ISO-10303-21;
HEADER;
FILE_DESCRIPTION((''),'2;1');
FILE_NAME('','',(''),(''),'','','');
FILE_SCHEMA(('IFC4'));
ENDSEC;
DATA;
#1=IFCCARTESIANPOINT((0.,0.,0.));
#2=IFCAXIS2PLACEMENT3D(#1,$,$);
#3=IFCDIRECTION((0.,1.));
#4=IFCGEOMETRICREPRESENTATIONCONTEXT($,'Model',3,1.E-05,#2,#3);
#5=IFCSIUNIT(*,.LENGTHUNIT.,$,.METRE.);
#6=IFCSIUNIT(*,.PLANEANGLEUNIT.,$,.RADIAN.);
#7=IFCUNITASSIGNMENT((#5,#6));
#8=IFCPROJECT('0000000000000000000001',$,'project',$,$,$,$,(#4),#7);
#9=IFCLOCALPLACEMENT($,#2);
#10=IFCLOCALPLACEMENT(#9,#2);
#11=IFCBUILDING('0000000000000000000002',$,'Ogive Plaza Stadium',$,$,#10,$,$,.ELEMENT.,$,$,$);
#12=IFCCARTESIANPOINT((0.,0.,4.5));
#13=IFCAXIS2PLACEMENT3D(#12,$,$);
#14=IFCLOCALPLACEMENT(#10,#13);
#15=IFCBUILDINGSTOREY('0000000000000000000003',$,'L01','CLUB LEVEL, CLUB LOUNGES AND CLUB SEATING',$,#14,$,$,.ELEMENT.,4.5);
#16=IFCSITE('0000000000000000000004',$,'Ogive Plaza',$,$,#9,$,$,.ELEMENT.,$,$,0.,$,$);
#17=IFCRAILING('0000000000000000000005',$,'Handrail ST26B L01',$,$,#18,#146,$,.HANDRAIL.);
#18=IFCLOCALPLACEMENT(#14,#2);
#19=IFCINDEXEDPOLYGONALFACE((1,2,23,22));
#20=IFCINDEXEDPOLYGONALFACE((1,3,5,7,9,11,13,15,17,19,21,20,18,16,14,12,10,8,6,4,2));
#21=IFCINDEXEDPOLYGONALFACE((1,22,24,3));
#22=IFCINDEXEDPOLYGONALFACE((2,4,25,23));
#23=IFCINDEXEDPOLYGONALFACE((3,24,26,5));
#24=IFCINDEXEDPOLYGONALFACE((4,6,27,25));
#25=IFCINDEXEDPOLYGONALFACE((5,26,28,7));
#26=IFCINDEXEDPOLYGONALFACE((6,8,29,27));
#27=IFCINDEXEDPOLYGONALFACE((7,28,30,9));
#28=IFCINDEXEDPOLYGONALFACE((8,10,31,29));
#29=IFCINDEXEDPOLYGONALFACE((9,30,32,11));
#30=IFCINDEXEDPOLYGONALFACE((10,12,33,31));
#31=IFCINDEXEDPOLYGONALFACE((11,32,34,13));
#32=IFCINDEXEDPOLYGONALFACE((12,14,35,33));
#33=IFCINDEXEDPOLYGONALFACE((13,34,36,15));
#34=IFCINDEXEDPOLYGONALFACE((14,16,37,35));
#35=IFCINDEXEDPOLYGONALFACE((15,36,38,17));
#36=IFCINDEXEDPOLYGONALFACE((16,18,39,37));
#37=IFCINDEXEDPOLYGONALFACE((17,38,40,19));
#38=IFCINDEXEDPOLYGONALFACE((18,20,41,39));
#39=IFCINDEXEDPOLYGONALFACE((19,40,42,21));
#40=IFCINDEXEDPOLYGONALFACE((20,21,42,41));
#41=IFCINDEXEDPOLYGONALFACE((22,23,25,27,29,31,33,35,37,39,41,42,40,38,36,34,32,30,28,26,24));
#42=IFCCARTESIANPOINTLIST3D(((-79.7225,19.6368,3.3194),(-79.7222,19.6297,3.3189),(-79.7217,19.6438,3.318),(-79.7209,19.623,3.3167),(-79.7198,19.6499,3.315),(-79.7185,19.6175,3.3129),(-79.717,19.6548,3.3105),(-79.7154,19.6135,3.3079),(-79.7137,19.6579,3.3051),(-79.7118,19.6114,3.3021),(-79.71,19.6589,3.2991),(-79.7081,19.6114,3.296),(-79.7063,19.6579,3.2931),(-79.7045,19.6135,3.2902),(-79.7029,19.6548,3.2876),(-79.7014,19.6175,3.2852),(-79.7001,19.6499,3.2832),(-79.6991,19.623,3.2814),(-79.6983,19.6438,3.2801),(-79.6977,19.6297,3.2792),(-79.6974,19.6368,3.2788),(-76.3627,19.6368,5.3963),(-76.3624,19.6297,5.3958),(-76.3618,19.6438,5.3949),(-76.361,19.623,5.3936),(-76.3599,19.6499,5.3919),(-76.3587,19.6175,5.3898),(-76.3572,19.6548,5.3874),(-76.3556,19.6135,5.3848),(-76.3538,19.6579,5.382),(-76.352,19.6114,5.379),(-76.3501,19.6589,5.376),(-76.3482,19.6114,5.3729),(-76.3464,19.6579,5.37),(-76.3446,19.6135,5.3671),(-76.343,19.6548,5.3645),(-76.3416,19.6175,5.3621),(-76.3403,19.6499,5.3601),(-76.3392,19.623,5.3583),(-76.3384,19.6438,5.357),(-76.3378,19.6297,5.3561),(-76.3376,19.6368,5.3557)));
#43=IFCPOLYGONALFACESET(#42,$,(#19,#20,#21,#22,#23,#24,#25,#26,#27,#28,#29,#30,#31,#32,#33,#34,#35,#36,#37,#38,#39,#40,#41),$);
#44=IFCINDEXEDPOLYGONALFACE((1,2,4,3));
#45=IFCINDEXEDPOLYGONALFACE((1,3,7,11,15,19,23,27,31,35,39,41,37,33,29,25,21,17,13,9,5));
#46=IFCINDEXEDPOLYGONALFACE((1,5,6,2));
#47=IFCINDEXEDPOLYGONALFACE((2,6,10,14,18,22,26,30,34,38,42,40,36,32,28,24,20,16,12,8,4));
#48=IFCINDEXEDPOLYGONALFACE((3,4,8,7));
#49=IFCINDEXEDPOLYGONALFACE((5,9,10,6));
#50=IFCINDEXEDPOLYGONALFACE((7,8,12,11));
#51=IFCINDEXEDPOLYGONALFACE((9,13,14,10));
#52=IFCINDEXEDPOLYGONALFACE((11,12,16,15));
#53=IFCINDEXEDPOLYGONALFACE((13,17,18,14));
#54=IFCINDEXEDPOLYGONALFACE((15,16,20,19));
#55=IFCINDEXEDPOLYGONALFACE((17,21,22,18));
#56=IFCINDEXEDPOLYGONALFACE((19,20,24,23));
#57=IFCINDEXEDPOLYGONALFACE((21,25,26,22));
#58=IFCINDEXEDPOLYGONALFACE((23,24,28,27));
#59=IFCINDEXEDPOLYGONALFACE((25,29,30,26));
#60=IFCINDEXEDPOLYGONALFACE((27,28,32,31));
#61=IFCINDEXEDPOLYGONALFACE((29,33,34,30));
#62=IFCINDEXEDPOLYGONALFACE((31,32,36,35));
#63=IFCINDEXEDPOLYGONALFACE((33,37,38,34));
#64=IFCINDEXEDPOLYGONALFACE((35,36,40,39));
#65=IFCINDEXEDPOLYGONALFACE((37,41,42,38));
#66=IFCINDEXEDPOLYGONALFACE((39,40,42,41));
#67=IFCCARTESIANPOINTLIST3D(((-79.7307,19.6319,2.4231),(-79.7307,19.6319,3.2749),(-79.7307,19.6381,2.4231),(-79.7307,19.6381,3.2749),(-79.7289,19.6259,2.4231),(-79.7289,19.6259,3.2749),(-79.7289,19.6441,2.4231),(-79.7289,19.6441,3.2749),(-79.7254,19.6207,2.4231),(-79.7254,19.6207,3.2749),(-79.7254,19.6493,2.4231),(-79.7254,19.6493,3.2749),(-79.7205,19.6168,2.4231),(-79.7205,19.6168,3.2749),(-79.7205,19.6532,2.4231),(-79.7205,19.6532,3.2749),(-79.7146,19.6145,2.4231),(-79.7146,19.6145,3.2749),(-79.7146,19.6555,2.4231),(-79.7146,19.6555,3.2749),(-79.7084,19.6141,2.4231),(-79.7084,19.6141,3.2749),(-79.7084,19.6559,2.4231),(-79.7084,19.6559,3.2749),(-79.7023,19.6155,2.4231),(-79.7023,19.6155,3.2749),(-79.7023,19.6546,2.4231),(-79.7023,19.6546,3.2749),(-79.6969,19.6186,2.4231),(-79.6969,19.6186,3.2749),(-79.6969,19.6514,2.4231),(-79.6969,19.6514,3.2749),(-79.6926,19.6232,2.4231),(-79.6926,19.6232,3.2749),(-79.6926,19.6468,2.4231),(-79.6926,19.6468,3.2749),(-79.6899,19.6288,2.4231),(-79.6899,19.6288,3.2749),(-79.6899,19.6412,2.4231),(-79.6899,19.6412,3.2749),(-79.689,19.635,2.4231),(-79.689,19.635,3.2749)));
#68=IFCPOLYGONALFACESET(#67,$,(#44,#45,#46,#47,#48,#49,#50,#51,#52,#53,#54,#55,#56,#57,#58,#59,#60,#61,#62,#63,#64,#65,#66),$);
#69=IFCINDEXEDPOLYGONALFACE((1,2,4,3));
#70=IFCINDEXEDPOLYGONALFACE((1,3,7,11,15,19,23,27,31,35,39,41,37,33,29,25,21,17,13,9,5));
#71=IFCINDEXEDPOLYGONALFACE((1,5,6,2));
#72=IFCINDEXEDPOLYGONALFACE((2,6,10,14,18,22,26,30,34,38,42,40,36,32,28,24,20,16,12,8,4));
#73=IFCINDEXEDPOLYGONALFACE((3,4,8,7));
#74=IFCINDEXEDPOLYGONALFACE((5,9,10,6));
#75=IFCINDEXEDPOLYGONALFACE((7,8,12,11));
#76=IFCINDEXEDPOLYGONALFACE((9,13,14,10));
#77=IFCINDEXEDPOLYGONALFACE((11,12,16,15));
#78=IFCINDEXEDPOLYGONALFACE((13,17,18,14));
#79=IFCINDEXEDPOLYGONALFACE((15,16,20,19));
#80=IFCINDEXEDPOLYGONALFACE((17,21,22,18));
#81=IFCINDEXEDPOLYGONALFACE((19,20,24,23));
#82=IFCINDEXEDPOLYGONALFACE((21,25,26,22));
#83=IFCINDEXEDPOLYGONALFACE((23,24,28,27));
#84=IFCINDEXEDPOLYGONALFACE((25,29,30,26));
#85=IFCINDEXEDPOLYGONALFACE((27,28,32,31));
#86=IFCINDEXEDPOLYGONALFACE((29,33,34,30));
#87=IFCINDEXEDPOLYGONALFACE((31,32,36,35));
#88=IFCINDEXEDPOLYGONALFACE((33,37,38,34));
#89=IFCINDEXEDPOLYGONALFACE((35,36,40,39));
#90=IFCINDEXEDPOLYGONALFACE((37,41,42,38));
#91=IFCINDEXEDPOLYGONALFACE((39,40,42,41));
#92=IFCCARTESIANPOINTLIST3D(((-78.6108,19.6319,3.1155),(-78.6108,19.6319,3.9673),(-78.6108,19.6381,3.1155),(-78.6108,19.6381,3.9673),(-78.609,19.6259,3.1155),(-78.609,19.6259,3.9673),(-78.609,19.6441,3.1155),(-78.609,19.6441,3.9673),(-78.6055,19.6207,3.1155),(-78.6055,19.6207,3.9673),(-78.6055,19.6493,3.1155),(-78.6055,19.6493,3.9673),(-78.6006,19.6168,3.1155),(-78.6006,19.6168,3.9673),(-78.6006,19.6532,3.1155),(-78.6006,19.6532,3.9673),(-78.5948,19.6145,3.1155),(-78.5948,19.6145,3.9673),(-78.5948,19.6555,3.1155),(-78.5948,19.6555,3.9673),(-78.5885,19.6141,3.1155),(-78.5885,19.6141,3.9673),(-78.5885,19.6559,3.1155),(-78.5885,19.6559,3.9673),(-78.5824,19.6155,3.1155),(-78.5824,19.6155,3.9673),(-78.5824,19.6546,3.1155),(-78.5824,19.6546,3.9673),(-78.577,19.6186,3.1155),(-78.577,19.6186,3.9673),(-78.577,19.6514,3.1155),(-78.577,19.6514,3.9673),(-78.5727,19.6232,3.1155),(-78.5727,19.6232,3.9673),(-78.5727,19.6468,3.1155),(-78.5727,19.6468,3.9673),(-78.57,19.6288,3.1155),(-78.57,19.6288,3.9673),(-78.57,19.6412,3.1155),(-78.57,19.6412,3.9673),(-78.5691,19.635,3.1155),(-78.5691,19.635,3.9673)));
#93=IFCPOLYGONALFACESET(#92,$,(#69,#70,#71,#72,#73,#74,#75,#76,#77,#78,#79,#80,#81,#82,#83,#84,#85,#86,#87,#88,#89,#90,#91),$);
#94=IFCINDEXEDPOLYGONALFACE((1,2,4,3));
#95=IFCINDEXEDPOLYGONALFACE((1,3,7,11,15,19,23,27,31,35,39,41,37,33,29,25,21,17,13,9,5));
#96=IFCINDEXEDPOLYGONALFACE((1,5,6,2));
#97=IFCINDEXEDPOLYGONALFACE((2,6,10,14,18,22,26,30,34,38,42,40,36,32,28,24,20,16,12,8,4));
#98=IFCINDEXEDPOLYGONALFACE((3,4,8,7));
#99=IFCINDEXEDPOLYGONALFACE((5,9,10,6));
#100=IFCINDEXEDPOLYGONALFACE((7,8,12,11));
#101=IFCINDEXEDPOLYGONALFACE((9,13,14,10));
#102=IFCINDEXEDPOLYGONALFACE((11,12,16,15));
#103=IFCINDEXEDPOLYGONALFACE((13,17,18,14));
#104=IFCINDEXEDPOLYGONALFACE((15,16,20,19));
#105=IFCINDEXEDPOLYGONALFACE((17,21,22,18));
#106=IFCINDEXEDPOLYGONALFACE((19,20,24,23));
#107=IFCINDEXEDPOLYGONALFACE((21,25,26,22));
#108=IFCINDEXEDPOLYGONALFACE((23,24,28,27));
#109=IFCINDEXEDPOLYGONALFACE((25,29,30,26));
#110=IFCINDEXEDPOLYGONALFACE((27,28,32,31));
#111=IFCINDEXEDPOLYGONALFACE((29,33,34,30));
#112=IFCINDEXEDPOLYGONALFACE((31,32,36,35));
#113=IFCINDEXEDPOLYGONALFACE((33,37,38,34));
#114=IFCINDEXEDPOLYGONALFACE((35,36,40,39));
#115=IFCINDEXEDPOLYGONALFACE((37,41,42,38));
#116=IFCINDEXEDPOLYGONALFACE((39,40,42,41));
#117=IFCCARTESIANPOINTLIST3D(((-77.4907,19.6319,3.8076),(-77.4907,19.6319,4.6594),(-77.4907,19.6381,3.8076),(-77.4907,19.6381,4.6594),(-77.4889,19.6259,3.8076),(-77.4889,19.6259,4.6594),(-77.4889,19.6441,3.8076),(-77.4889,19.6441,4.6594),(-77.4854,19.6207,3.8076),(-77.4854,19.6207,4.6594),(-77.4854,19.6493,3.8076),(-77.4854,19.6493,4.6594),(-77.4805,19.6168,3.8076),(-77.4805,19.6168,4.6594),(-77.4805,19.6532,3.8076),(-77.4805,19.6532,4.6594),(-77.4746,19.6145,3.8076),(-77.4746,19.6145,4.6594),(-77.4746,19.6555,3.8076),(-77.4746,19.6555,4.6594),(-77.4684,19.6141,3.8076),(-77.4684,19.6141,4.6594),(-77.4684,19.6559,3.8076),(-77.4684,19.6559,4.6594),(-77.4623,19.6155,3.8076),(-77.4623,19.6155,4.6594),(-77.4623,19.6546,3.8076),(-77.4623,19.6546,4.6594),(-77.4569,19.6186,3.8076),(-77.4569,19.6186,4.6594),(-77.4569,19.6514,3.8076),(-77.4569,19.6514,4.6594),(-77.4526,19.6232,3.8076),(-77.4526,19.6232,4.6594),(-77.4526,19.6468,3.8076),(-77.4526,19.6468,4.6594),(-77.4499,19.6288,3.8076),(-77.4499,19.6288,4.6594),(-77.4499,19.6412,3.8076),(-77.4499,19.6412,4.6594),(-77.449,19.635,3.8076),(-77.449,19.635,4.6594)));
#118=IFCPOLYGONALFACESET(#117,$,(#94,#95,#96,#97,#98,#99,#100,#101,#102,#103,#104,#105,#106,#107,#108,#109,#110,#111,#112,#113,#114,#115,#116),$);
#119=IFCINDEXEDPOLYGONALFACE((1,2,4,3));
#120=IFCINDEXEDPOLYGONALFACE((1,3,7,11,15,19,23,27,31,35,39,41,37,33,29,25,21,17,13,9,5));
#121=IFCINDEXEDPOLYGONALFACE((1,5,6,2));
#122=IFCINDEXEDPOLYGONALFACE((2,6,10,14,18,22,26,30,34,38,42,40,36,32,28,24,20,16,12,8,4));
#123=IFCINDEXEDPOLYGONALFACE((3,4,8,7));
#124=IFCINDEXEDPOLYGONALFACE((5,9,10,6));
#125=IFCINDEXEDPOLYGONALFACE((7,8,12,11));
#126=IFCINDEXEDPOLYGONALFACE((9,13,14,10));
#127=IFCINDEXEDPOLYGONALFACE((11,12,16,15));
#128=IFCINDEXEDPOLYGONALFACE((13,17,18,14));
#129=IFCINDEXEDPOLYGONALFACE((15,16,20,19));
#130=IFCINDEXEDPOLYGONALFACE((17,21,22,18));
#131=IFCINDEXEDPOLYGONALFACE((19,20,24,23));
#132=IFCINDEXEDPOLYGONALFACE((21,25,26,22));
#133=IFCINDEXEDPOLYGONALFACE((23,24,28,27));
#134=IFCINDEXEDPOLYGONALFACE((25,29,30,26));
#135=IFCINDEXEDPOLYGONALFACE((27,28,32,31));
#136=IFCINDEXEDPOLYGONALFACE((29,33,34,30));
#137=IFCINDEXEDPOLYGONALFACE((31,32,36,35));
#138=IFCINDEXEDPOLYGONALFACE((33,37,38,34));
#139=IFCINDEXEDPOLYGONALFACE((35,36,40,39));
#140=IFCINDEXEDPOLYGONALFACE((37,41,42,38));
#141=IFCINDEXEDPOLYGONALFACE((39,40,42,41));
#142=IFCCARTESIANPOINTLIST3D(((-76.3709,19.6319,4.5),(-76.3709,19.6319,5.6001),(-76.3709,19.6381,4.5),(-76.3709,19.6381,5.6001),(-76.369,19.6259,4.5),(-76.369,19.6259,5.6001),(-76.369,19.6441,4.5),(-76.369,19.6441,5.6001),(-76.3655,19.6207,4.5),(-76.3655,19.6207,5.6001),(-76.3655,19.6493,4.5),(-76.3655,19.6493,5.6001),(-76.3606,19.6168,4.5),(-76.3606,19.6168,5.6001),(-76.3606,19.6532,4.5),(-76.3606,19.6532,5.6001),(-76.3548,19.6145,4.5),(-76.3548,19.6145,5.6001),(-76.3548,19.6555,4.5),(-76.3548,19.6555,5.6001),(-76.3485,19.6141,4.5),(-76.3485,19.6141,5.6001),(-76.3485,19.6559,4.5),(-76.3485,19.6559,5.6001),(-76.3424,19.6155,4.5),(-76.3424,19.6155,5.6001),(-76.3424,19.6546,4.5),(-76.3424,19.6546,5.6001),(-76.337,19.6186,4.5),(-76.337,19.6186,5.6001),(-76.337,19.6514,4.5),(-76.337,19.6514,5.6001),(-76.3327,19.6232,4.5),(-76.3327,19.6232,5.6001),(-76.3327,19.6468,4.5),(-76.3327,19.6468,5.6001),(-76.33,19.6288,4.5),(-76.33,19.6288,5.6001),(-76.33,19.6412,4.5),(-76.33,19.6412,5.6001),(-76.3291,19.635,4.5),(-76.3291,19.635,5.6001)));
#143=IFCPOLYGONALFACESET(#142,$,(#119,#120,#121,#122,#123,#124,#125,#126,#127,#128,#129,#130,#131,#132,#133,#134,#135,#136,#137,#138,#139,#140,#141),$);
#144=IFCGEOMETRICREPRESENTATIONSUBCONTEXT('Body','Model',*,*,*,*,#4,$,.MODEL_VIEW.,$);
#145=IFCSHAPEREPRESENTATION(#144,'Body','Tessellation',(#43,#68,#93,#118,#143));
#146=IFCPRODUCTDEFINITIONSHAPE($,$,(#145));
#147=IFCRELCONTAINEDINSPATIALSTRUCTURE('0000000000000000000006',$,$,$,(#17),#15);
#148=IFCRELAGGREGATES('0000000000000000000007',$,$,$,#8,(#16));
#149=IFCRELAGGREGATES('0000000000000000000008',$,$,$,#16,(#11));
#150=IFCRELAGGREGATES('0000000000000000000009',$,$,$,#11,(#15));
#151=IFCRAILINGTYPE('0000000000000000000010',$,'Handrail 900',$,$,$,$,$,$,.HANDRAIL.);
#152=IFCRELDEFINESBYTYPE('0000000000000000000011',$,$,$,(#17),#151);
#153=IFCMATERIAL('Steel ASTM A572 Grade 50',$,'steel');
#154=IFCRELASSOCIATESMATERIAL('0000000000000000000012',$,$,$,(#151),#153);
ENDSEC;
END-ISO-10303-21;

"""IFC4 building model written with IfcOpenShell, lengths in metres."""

from ifc_helpers import new_model, si_unit, direction, frame, origin, origin_2d, place, context, subcontext, project, spatial, circle, extrude, material, type_object, element, save


model = new_model("IFC4")

# Units and contexts
model_context = context("Model", 3, precision=1e-05, world=origin(), true_north=direction((0.0, 1.0)))
body_context = subcontext(model_context, "Body", "Model", "MODEL_VIEW")
ifc_project = project(units=[si_unit("LENGTHUNIT", "METRE"), si_unit("PLANEANGLEUNIT", "RADIAN")], contexts=[model_context])

# Site, building, storey
site_placement = place(None, origin())
site = spatial("IfcSite", under=ifc_project, at=site_placement, Name="Ogive Plaza", CompositionType="ELEMENT", RefElevation=0.0)
building_placement = place(site_placement, origin())
building = spatial("IfcBuilding", under=site, at=building_placement, Name="Ogive Plaza Stadium", CompositionType="ELEMENT")
storey_placement = place(building_placement, frame((0.0, 0.0, 4.5)))
storey = spatial("IfcBuildingStorey", under=building, at=storey_placement, Name="L01", Description="CLUB LEVEL, CLUB LOUNGES AND CLUB SEATING", CompositionType="ELEMENT", Elevation=4.5)

# Railing
ifc_material_1 = material(Name="Steel ASTM A572 Grade 50", Category="steel")
railing_type_1 = type_object("IfcRailingType", Name="Handrail 900", PredefinedType="HANDRAIL", material=ifc_material_1)
for number, where, name in (
    (1, (-79.71, 19.635, 2.4231), "Handrail ST26B L01"),
):
    element("IfcRailing", number, at=place(storey_placement, frame(where)), inside=storey, type_object=railing_type_1, Name=name, PredefinedType="HANDRAIL", context=body_context, shape_type="SweptSolid", body=[
        extrude(circle(Radius=0.0239, at=origin_2d()), frame((0.0, 0.0, 0.876), z_axis=(0.850606, 0.0, 0.525803), x_axis=(0.0, 1.0, 0.0)), (0.0, 0.0, 1.0), 3.95),
        extrude(circle(Radius=0.021, at=origin_2d()), origin(), (0.0, 0.0, 1.0), 0.8518),
        extrude(circle(Radius=0.021, at=origin_2d()), frame((1.1199, 0.0, 0.6924)), (0.0, 0.0, 1.0), 0.8518),
        extrude(circle(Radius=0.021, at=origin_2d()), frame((2.24, 0.0, 1.3845)), (0.0, 0.0, 1.0), 0.8518),
        extrude(circle(Radius=0.021, at=origin_2d()), frame((3.3599, 0.0, 2.0769)), (0.0, 0.0, 1.0), 1.1001),
    ])

save(model, "model.ifc")
